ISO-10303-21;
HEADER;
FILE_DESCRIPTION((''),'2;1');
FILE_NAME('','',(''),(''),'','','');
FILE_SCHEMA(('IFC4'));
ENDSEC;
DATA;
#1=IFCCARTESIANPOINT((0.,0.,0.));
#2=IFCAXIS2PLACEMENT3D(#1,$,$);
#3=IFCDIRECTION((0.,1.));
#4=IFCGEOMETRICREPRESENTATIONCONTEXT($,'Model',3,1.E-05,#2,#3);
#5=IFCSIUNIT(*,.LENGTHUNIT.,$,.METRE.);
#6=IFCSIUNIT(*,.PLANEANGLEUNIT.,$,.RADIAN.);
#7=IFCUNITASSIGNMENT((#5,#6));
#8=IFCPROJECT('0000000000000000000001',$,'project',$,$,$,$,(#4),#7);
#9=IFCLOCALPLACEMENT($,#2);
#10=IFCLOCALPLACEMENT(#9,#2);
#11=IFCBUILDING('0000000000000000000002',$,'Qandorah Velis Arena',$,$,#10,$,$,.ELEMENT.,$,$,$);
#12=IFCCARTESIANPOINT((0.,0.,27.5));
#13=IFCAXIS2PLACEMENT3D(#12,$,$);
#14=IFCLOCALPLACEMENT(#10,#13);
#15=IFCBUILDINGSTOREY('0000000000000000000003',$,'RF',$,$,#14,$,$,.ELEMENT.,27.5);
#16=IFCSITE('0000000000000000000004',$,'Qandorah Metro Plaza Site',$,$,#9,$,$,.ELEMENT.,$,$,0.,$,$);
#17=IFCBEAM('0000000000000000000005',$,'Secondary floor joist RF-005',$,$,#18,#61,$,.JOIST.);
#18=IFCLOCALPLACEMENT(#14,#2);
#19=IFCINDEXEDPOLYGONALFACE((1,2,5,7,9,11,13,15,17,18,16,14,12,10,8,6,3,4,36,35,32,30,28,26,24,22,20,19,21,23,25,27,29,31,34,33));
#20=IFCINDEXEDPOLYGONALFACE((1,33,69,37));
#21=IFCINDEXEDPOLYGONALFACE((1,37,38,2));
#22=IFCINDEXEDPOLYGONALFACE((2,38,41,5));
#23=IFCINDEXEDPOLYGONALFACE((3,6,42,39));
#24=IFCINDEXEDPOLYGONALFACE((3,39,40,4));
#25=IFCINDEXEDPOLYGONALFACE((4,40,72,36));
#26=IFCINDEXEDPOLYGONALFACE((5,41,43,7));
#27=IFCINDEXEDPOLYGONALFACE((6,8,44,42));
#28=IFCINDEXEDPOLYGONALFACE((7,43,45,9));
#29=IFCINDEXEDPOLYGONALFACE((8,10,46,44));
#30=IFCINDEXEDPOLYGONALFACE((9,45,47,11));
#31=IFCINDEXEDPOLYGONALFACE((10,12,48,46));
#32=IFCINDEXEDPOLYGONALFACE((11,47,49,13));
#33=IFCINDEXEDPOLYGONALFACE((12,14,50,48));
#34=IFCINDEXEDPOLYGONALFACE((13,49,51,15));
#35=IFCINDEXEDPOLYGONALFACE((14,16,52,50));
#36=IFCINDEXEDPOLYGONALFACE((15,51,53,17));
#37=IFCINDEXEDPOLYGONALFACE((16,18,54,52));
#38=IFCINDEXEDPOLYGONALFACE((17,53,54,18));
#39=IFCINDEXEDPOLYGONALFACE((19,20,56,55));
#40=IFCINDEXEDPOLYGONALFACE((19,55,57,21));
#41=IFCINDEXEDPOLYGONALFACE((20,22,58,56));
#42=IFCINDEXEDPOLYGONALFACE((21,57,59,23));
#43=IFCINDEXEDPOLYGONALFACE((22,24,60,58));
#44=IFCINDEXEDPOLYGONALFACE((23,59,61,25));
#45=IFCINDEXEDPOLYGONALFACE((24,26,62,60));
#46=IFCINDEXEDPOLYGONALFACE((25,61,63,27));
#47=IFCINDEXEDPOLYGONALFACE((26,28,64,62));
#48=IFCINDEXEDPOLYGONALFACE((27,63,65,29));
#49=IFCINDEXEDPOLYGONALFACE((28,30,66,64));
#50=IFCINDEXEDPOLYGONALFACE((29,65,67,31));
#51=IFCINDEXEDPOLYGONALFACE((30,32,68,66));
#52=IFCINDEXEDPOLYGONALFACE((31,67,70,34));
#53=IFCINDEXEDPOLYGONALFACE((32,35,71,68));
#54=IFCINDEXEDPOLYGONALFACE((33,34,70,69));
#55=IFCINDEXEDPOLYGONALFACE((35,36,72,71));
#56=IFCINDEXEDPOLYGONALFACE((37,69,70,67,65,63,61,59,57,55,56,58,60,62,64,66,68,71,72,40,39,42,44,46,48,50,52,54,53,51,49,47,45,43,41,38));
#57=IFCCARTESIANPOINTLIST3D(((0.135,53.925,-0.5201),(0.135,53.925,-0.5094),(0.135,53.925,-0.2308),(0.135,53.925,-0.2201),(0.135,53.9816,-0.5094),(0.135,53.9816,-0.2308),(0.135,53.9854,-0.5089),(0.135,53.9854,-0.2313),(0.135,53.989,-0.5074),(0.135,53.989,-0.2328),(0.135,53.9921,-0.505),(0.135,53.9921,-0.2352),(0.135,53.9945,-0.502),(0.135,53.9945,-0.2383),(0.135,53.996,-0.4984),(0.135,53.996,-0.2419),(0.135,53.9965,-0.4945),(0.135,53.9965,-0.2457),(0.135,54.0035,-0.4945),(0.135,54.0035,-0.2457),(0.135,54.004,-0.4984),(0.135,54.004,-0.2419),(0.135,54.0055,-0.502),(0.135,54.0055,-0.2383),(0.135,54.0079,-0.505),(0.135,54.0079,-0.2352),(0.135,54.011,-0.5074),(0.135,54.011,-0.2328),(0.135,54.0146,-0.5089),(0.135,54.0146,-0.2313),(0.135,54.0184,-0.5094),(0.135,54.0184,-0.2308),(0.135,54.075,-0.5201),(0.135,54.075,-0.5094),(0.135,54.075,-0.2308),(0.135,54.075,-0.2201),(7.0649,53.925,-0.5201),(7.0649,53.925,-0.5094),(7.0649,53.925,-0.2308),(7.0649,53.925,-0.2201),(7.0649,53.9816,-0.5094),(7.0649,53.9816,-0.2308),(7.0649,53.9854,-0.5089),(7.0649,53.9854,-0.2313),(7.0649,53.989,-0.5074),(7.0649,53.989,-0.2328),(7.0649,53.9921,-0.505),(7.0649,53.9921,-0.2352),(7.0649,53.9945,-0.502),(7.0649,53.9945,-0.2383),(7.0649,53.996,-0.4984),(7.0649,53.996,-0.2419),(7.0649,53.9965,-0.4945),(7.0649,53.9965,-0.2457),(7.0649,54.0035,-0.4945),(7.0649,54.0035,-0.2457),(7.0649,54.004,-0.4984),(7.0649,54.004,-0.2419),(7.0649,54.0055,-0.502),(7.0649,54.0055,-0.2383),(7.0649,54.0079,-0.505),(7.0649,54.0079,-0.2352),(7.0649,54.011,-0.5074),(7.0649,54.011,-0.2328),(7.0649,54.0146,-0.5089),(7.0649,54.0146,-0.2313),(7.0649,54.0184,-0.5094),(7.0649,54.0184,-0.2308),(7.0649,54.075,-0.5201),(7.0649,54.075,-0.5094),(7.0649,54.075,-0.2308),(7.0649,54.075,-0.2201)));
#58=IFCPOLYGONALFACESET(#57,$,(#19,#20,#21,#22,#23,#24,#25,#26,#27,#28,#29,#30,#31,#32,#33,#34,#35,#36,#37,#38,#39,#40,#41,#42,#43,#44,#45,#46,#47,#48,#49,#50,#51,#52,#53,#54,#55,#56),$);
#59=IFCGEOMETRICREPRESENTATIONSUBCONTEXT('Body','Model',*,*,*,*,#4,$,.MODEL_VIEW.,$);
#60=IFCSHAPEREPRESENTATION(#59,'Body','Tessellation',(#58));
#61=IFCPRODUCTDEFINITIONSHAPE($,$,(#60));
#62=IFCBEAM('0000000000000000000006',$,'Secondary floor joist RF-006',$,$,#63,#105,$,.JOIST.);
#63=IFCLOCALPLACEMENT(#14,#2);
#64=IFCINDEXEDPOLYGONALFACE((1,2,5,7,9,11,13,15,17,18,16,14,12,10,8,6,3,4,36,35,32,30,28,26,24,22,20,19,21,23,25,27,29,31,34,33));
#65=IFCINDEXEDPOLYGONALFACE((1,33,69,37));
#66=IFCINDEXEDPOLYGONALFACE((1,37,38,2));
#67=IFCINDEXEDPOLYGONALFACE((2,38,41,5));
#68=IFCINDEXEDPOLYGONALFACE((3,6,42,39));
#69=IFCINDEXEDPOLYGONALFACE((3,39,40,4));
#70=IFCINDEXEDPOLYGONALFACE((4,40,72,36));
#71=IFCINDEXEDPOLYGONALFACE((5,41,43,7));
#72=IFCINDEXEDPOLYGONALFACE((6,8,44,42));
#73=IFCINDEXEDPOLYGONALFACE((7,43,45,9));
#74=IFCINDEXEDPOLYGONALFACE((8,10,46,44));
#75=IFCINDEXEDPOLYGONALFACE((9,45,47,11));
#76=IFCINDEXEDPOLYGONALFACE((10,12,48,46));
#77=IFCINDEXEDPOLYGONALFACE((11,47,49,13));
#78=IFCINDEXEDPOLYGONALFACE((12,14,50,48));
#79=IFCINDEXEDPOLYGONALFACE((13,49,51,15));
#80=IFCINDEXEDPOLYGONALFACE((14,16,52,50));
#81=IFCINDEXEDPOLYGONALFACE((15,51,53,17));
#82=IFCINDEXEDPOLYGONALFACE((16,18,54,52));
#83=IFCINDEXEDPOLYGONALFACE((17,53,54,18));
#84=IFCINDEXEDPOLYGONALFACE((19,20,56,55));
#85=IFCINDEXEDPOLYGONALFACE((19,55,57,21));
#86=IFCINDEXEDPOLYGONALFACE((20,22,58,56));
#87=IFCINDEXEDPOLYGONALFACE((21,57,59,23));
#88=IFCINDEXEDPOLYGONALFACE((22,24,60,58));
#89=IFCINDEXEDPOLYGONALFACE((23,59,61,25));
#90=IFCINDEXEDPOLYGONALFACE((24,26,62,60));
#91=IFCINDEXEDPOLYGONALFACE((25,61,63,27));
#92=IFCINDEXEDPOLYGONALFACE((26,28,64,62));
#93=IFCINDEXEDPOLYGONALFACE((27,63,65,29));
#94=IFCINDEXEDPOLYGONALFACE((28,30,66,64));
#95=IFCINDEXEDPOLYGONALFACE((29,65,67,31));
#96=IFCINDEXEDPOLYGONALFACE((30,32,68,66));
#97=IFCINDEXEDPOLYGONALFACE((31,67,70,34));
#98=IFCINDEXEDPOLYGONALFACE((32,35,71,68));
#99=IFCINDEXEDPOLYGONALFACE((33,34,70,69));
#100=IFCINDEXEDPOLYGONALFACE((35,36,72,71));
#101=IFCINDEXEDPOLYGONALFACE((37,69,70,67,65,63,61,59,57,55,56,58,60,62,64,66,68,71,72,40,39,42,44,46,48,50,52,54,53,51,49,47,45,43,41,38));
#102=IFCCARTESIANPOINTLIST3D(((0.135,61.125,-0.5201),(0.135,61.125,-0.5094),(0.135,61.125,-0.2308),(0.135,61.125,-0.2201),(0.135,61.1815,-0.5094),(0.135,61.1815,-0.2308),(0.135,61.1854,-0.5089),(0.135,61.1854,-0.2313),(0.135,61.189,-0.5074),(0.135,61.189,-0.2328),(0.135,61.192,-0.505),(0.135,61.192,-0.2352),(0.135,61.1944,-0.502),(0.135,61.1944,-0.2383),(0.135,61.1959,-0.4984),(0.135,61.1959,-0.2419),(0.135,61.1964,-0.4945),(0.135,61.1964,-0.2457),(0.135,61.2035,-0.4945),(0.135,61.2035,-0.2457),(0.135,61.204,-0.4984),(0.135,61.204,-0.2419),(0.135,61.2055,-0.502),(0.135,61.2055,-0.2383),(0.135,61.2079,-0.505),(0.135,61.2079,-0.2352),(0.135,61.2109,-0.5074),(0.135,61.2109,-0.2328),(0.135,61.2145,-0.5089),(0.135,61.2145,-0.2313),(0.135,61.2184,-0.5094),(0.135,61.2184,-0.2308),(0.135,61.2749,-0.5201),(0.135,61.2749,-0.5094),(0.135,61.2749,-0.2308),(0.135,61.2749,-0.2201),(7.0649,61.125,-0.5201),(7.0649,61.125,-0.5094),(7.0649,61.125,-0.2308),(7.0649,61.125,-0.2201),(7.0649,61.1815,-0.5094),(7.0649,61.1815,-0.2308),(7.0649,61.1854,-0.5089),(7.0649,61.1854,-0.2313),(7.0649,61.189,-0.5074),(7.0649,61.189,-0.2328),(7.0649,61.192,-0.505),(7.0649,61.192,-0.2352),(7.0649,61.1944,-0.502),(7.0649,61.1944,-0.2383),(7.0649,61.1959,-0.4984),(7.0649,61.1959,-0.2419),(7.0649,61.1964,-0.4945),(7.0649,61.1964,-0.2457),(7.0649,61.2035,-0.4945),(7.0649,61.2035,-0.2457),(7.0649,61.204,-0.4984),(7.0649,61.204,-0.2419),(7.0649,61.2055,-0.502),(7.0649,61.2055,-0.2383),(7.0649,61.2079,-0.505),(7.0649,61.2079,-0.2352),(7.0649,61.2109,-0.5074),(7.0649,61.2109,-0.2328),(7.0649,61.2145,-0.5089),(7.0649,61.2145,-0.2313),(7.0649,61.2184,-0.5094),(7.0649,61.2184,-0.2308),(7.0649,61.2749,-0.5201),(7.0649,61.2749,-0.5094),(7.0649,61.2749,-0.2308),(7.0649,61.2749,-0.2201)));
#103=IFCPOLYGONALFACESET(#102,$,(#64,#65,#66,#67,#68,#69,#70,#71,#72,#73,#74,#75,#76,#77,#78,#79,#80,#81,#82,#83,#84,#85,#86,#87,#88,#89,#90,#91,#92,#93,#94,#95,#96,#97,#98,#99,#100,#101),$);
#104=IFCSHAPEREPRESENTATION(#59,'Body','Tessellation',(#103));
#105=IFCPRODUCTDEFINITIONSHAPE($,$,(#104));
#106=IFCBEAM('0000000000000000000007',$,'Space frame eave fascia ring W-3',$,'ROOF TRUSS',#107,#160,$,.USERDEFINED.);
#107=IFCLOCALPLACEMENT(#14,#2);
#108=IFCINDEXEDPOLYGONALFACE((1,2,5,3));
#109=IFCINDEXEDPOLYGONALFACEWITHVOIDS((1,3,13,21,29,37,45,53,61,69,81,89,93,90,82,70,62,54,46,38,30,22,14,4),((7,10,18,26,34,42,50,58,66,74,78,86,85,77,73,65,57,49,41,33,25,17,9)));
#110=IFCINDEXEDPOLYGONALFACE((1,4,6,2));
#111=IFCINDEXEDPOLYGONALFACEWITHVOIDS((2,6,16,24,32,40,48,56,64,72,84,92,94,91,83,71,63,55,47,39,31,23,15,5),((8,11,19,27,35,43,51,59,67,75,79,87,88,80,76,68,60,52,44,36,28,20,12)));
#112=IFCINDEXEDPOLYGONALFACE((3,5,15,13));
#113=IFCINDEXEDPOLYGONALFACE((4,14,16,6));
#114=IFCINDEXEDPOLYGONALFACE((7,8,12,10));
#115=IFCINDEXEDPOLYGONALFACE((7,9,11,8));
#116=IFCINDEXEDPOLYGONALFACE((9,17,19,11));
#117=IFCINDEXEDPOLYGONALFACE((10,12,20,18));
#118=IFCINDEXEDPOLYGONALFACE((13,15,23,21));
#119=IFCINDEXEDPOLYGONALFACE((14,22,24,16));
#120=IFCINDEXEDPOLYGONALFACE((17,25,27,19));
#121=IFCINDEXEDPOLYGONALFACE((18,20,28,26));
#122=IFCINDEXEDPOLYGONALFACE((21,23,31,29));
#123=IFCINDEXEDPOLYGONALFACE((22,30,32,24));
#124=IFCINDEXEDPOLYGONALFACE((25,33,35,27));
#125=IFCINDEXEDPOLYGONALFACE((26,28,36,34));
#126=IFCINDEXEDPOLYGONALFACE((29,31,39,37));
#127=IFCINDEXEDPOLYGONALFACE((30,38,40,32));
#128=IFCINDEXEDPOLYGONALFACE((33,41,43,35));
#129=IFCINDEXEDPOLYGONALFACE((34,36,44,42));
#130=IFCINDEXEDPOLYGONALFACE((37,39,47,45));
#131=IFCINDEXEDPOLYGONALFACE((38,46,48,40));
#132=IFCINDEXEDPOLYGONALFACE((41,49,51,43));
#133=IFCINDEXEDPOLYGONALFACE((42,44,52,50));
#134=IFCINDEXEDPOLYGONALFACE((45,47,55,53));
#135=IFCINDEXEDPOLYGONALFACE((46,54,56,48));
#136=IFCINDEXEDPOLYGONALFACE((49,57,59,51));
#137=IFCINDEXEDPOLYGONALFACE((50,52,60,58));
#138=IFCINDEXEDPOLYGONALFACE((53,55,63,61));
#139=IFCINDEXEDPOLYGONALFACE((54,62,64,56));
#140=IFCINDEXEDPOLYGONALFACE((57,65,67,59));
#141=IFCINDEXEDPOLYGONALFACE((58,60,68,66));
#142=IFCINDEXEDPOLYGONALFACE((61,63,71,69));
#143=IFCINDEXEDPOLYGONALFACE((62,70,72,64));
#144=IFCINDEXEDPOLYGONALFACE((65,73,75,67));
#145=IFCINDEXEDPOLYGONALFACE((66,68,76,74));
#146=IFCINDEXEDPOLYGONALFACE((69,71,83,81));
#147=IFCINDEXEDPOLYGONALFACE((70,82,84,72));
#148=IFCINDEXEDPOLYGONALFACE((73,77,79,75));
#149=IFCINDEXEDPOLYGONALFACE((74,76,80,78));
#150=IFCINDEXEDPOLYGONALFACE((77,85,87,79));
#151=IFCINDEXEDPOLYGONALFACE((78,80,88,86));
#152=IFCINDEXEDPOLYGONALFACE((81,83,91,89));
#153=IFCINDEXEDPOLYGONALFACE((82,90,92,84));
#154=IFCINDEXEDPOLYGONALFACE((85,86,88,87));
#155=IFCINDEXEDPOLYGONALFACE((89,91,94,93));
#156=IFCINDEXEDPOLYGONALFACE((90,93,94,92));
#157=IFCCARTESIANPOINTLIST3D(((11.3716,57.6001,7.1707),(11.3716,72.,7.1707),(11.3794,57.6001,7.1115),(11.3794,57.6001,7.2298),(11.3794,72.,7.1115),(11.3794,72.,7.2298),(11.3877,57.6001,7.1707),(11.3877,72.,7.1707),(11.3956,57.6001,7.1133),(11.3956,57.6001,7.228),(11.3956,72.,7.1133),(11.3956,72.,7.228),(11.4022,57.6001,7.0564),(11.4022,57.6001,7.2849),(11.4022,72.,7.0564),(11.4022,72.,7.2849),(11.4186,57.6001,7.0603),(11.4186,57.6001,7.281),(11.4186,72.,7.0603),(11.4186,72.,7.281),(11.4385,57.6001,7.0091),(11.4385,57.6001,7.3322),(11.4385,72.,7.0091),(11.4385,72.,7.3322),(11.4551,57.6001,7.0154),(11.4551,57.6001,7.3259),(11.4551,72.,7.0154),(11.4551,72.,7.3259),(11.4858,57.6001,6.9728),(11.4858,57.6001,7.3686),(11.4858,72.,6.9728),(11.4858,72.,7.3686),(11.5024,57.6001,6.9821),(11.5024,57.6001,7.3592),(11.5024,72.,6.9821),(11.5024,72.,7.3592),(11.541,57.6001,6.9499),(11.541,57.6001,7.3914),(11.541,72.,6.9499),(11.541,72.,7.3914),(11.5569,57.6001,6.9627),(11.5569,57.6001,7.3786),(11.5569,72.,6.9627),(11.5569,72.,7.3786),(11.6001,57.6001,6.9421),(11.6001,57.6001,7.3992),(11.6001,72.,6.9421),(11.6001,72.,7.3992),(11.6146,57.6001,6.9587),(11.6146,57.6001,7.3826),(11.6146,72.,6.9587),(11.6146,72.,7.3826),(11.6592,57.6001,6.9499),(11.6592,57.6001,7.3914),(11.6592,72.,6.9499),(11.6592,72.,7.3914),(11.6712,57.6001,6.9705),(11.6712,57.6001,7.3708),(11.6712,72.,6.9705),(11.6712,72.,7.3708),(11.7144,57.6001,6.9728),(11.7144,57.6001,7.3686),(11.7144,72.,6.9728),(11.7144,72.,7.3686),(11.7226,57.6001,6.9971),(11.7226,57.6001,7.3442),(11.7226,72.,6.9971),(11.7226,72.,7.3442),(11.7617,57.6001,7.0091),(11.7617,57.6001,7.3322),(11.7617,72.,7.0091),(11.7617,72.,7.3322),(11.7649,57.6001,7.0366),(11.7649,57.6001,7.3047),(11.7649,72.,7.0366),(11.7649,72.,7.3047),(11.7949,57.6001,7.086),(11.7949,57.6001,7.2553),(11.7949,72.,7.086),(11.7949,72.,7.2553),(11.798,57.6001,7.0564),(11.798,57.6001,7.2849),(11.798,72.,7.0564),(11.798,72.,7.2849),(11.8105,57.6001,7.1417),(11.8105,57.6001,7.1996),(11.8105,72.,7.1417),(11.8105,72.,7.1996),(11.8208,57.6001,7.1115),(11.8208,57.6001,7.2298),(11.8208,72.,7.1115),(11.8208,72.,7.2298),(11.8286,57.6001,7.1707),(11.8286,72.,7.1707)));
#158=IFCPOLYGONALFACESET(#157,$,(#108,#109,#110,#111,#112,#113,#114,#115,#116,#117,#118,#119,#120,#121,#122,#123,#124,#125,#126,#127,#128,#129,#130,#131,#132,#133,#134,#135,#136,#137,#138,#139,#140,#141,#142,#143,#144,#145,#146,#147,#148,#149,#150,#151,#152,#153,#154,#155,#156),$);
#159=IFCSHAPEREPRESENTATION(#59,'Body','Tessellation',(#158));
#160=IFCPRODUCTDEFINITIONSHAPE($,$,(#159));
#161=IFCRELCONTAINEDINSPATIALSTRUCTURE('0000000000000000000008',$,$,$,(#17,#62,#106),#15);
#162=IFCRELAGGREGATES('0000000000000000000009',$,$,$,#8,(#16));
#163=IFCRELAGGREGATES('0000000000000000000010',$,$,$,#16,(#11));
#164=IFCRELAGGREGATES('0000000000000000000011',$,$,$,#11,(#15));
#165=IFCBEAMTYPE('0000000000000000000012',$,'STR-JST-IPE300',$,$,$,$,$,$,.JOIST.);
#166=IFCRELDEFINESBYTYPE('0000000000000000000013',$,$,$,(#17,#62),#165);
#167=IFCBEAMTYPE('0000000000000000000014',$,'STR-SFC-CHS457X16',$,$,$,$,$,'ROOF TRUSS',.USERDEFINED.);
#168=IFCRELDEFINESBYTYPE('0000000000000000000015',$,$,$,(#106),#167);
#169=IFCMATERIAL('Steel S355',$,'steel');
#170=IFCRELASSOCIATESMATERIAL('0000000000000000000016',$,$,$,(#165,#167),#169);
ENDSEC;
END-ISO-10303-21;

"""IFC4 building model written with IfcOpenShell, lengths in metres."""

from ifc_helpers import new_model, si_unit, direction, frame, origin, origin_2d, place, context, subcontext, project, spatial, hollow_circle, i_section, extrude, material, material_profile, profile_set, type_object, element, save


model = new_model("IFC4")

# Units and contexts
model_context = context("Model", 3, precision=1e-05, world=origin(), true_north=direction((0.0, 1.0)))
body_context = subcontext(model_context, "Body", "Model", "MODEL_VIEW")
ifc_project = project(units=[si_unit("LENGTHUNIT", "METRE"), si_unit("PLANEANGLEUNIT", "RADIAN")], contexts=[model_context])

# Site, building, storey
site_placement = place(None, origin())
site = spatial("IfcSite", under=ifc_project, at=site_placement, Name="Qandorah Metro Plaza Site", CompositionType="ELEMENT", RefElevation=0.0)
building_placement = place(site_placement, origin())
building = spatial("IfcBuilding", under=site, at=building_placement, Name="Qandorah Velis Arena", CompositionType="ELEMENT")
storey_placement = place(building_placement, frame((0.0, 0.0, 27.5)))
storey = spatial("IfcBuildingStorey", under=building, at=storey_placement, Name="RF", CompositionType="ELEMENT", Elevation=27.5)

# Beams
ifc_material_1 = material(Name="Steel S355", Category="steel")
ifc_material_profile_1 = material_profile(ifc_material_1, i_section(OverallWidth=0.1499, OverallDepth=0.3, WebThickness=0.0071, FlangeThickness=0.0107, FilletRadius=0.0149, at=origin_2d()), Name="IPE 300")
ifc_profile_set_1 = profile_set([ifc_material_profile_1], Name="Steel S355")
beam_type_1 = type_object("IfcBeamType", Name="STR-JST-IPE300", PredefinedType="JOIST", material=ifc_profile_set_1)
for number, where, z_axis, x_axis, name in (
    (1, (0.135, 54.0, -0.3701), (1.0, 0.0, 0.0), (0.0, 1.0, 0.0), "Secondary floor joist RF-005"),
    (2, (0.135, 61.2, -0.3701), (1.0, 0.0, 0.0), (0.0, 1.0, 0.0), "Secondary floor joist RF-006"),
):
    element("IfcBeam", number, at=place(storey_placement, frame(where, z_axis=z_axis, x_axis=x_axis)), inside=storey, type_object=beam_type_1, Name=name, PredefinedType="JOIST", context=body_context, shape_type="SweptSolid", body=[
        extrude(i_section(OverallWidth=0.1499, OverallDepth=0.3, WebThickness=0.0071, FlangeThickness=0.0107, FilletRadius=0.0149, at=origin_2d()), origin(), (0.0, 0.0, 1.0), 6.9299),
    ])
ifc_material_profile_2 = material_profile(ifc_material_1, hollow_circle(Radius=0.2285, WallThickness=0.0161, at=origin_2d()), Name="CHS 457x16")
ifc_profile_set_2 = profile_set([ifc_material_profile_2], Name="Steel S355")
beam_type_2 = type_object("IfcBeamType", Name="STR-SFC-CHS457X16", ElementType="ROOF TRUSS", PredefinedType="USERDEFINED", material=ifc_profile_set_2)
beam_1_placement = place(storey_placement, frame((11.6001, 57.6001, 7.1707), z_axis=(0.0, 1.0, 0.0), x_axis=(-1.0, 0.0, 0.0)))
element("IfcBeam", 3, at=beam_1_placement, inside=storey, type_object=beam_type_2, Name="Space frame eave fascia ring W-3", ObjectType="ROOF TRUSS", PredefinedType="USERDEFINED", context=body_context, shape_type="SweptSolid", body=[
    extrude(hollow_circle(Radius=0.2285, WallThickness=0.0161, at=origin_2d()), origin(), (0.0, 0.0, 1.0), 14.3999),
])

save(model, "model.ifc")
